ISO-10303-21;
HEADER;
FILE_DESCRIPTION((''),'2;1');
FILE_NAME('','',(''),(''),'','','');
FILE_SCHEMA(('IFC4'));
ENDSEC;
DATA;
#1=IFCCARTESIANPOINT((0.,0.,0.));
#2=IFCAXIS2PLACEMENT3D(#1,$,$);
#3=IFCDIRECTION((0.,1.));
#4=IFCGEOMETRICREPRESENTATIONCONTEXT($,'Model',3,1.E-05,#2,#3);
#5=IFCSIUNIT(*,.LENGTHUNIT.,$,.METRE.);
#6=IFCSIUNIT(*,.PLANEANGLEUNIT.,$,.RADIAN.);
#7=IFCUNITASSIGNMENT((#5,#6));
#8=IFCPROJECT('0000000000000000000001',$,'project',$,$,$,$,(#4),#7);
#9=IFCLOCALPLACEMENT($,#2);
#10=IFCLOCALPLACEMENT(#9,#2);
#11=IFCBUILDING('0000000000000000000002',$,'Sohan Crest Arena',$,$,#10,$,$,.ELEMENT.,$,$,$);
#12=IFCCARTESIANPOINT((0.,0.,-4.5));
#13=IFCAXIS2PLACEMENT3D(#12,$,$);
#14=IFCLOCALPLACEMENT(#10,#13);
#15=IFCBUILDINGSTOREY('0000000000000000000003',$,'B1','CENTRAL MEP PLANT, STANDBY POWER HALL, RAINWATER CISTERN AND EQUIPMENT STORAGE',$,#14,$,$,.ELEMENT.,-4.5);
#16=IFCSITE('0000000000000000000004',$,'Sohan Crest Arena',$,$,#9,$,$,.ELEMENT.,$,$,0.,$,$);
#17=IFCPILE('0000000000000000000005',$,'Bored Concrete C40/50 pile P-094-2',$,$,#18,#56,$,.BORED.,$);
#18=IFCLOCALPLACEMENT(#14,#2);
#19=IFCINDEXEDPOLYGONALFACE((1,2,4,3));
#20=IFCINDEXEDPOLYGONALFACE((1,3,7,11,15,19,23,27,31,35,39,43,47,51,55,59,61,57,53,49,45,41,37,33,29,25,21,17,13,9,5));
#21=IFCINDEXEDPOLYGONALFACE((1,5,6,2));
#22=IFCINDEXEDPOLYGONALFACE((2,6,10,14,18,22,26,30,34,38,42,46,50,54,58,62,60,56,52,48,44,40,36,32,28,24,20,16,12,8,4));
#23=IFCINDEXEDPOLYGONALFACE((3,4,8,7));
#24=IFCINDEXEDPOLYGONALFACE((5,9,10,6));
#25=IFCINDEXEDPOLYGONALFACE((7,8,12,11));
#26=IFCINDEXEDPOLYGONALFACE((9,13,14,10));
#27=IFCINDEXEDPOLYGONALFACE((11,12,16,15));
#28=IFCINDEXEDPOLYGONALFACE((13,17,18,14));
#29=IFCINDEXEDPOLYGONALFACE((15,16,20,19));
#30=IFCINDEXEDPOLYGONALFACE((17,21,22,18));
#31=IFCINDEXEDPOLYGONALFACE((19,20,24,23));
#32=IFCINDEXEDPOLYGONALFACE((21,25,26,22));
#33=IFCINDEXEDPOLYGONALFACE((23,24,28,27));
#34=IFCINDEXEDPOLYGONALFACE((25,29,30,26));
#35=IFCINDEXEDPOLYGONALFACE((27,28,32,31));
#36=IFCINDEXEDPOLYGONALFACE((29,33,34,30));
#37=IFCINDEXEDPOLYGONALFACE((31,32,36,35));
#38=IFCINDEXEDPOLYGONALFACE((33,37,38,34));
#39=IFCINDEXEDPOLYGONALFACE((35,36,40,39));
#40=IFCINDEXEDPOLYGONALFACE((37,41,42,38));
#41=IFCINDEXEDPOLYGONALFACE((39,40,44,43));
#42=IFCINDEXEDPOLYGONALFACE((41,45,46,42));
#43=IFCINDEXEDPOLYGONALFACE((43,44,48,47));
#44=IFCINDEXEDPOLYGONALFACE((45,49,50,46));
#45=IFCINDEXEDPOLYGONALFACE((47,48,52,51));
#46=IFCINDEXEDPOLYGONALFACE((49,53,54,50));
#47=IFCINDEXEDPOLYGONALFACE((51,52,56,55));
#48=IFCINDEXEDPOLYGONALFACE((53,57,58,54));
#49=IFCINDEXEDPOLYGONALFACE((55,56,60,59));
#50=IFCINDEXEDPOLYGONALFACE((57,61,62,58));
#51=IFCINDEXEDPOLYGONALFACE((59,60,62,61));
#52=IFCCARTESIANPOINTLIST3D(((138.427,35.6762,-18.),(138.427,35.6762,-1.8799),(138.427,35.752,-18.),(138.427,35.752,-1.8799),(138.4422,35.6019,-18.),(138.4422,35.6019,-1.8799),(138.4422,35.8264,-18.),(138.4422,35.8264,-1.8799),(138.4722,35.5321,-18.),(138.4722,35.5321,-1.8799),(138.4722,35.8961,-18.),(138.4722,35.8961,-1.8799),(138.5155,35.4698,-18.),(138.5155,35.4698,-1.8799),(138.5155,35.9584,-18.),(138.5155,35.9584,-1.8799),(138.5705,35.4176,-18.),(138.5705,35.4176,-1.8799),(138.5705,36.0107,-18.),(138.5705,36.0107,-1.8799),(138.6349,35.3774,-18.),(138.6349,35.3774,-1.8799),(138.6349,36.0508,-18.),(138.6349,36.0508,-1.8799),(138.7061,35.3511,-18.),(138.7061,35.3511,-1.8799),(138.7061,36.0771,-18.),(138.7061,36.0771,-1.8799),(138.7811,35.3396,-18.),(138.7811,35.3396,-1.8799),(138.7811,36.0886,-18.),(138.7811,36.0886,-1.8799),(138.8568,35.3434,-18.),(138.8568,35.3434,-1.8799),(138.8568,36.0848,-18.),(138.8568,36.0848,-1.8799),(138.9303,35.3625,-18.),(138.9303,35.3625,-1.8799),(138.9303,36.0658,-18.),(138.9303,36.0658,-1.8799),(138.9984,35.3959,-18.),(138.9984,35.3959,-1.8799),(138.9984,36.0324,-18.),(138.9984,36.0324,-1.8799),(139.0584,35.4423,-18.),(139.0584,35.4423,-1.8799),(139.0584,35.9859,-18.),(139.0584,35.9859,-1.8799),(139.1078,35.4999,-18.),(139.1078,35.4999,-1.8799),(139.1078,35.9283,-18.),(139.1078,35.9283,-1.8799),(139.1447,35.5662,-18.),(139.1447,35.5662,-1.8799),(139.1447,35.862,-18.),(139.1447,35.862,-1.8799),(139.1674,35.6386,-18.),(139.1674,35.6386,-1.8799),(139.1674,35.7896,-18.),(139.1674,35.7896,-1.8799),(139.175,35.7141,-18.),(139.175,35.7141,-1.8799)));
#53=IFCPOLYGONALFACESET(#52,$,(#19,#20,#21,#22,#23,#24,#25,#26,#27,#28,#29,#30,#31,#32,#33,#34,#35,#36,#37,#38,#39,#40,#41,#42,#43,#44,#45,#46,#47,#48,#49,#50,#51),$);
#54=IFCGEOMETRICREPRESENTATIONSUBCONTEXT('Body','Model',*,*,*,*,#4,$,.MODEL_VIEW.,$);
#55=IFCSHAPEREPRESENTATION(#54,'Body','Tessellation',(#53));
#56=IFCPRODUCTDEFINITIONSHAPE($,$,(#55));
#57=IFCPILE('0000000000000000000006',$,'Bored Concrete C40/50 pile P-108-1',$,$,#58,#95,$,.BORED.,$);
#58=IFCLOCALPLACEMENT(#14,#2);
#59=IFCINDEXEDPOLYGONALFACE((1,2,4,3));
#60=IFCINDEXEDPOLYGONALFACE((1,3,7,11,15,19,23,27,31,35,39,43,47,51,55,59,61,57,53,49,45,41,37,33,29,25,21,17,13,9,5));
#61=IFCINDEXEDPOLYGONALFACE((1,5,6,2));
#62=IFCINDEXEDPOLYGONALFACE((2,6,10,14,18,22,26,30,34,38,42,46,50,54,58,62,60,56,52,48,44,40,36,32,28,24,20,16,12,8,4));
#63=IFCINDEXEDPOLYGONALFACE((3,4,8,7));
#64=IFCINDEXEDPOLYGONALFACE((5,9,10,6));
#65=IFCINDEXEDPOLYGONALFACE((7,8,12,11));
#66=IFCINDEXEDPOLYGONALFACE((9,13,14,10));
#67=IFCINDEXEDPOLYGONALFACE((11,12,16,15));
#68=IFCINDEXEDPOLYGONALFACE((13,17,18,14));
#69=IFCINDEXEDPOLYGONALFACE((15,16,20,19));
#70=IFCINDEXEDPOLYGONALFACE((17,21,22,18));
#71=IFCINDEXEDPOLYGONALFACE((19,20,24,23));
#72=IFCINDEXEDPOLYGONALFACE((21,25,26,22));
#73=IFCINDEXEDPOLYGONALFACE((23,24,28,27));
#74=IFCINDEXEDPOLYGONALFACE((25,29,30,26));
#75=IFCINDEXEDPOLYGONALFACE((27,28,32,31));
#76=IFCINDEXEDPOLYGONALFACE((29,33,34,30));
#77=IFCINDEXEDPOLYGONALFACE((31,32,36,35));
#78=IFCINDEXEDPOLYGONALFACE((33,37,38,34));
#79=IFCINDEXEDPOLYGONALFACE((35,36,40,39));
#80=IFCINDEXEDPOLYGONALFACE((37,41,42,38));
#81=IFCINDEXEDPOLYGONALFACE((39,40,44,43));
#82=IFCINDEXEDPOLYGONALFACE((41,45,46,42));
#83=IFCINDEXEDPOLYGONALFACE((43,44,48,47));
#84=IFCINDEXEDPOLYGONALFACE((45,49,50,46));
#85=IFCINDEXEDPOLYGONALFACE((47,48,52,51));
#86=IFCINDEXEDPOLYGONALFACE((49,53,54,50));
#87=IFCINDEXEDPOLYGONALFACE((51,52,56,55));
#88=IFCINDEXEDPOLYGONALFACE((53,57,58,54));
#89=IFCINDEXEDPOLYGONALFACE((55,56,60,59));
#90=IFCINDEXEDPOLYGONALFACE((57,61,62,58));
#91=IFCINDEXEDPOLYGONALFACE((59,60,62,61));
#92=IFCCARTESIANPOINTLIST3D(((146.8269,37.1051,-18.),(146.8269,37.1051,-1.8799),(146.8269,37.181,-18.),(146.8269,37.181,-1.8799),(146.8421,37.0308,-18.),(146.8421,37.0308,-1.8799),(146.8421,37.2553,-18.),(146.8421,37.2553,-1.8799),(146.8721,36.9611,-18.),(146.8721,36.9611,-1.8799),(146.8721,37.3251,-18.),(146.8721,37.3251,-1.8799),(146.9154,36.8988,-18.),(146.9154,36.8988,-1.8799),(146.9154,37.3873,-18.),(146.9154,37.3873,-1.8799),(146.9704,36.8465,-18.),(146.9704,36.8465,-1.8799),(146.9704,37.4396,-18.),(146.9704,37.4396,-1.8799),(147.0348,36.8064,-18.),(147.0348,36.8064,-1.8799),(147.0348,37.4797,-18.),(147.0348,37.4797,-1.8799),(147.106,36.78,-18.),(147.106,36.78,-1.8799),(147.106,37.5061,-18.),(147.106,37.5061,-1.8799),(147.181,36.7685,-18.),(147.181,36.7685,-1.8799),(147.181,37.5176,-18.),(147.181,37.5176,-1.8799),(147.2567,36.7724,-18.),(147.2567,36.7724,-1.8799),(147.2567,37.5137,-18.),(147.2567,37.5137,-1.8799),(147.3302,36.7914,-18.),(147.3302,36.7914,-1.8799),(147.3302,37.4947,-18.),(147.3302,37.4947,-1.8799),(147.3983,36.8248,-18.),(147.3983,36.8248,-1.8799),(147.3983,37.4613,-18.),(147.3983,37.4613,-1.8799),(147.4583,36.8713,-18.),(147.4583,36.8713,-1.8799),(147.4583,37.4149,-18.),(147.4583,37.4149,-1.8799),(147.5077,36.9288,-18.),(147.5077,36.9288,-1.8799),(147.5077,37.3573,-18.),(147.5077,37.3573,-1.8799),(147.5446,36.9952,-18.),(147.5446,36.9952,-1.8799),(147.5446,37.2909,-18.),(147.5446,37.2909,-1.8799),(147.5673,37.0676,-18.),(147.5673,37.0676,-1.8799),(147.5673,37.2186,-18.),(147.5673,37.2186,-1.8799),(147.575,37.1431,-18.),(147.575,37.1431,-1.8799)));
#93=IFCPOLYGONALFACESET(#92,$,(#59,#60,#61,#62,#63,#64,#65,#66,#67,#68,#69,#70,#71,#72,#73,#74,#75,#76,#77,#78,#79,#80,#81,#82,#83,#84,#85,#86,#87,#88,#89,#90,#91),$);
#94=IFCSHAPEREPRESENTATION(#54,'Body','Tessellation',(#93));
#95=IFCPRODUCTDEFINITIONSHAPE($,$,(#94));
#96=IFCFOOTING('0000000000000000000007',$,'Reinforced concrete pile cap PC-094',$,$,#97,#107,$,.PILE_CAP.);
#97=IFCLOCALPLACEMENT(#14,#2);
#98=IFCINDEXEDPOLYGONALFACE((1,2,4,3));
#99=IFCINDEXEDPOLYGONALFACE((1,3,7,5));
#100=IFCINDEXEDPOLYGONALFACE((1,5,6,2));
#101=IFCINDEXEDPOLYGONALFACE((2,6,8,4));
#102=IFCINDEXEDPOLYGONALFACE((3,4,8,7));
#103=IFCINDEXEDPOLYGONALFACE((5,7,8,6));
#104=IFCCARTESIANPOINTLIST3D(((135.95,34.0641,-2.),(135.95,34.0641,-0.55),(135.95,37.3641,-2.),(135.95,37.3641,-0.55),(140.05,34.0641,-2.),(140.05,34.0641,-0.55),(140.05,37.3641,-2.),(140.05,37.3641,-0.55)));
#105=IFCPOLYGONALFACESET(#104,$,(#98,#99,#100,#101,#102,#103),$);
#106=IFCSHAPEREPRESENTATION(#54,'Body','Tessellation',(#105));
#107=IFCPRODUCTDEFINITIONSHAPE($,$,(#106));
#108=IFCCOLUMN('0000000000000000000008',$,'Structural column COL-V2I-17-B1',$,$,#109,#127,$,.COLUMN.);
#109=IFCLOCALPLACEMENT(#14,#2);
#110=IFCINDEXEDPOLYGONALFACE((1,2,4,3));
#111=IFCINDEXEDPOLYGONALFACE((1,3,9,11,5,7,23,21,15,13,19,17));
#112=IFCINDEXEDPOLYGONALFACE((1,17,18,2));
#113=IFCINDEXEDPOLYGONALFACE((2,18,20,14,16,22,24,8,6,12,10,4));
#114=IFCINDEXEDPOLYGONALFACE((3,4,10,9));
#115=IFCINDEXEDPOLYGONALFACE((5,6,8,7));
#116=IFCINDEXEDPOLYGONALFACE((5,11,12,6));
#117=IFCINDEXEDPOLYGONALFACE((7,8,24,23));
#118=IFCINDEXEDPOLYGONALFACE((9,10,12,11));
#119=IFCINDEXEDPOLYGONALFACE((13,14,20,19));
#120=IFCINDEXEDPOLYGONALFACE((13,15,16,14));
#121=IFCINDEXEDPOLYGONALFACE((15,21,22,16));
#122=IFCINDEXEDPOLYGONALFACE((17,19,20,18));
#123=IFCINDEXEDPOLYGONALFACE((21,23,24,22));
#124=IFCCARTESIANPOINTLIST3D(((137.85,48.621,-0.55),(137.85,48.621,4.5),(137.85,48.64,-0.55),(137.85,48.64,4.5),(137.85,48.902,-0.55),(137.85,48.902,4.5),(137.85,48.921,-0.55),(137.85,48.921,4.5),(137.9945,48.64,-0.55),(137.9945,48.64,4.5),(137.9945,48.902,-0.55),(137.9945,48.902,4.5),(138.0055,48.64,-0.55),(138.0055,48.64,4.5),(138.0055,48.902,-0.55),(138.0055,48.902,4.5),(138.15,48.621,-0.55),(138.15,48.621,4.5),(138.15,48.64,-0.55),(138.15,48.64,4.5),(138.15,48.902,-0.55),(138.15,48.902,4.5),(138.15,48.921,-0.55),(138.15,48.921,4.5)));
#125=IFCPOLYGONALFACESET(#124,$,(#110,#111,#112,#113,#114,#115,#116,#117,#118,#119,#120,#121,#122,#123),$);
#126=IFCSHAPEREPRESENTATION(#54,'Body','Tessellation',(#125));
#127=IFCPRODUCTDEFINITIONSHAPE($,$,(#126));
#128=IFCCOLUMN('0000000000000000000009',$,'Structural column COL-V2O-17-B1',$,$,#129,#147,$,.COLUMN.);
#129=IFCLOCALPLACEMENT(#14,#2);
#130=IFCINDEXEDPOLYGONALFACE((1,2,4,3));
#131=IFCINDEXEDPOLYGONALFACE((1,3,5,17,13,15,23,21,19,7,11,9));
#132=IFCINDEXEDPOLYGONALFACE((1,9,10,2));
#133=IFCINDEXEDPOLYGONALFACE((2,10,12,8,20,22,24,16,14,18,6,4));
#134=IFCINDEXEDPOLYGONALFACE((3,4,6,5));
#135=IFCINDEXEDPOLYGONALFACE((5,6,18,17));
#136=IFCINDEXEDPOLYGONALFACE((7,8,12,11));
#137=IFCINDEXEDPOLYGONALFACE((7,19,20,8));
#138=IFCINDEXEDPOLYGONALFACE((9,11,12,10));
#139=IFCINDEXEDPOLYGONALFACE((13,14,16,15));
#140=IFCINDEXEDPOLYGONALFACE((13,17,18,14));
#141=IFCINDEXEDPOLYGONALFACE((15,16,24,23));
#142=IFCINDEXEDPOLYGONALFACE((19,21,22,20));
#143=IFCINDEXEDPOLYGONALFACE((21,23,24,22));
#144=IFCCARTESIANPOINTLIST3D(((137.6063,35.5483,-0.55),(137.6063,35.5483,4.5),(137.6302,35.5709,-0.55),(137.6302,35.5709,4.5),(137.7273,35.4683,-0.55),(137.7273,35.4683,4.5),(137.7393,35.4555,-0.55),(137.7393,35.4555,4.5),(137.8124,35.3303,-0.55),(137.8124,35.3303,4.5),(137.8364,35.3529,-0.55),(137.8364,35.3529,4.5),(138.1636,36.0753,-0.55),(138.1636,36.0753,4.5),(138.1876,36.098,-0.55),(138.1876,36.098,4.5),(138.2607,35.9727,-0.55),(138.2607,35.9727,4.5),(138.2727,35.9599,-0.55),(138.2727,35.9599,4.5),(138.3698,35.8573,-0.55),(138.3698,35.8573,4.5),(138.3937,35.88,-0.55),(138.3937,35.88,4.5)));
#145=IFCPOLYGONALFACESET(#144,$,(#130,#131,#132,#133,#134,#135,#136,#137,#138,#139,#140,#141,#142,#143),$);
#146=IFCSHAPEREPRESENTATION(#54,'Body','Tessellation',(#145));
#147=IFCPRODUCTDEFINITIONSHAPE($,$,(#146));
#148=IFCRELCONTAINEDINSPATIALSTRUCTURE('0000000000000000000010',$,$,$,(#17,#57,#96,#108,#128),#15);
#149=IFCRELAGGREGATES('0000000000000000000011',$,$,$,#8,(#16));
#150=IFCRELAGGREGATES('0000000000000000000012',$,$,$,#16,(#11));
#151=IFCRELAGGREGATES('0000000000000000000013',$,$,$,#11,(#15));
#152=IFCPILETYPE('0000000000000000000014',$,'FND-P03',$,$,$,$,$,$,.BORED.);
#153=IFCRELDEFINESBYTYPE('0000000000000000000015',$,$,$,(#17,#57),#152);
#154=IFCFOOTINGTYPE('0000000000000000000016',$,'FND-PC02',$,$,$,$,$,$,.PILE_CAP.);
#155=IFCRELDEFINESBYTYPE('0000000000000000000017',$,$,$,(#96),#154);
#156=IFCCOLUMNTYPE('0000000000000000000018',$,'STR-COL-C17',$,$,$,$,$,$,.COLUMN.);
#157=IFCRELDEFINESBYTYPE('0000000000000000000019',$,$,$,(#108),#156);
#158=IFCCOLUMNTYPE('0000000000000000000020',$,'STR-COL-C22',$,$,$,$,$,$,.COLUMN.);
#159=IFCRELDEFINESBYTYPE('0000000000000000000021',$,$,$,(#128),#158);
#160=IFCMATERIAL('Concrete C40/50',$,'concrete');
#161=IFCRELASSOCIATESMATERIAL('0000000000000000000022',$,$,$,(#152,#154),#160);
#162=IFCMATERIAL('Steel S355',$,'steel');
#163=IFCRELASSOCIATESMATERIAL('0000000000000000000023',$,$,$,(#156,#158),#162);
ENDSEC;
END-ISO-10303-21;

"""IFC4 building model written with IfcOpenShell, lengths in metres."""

from ifc_helpers import new_model, si_unit, direction, frame, origin, origin_2d, place, context, subcontext, project, spatial, rectangle, circle, i_section, extrude, material, material_profile, profile_set, type_object, element, save


model = new_model("IFC4")

# Units and contexts
model_context = context("Model", 3, precision=1e-05, world=origin(), true_north=direction((0.0, 1.0)))
body_context = subcontext(model_context, "Body", "Model", "MODEL_VIEW")
ifc_project = project(units=[si_unit("LENGTHUNIT", "METRE"), si_unit("PLANEANGLEUNIT", "RADIAN")], contexts=[model_context])

# Site, building, storey
site_placement = place(None, origin())
site = spatial("IfcSite", under=ifc_project, at=site_placement, Name="Sohan Crest Arena", CompositionType="ELEMENT", RefElevation=0.0)
building_placement = place(site_placement, origin())
building = spatial("IfcBuilding", under=site, at=building_placement, Name="Sohan Crest Arena", CompositionType="ELEMENT")
storey_placement = place(building_placement, frame((0.0, 0.0, -4.5)))
storey = spatial("IfcBuildingStorey", under=building, at=storey_placement, Name="B1", Description="CENTRAL MEP PLANT, STANDBY POWER HALL, RAINWATER CISTERN AND EQUIPMENT STORAGE", CompositionType="ELEMENT", Elevation=-4.5)

# Shared definitions
ifc_material_1 = material(Name="Concrete C40/50", Category="concrete")

# Piles
ifc_material_profile_1 = material_profile(ifc_material_1, circle(Radius=0.375, at=origin_2d()), Name="PILE D750")
ifc_profile_set_1 = profile_set([ifc_material_profile_1], Name="Concrete C40/50")
pile_type_1 = type_object("IfcPileType", Name="FND-P03", PredefinedType="BORED", material=ifc_profile_set_1)
for number, where, z_axis, x_axis, name in (
    (1, (138.8, 35.7141, -18.0), (0.0, 0.0, 1.0), (1.0, 0.0, 0.0), "Bored Concrete C40/50 pile P-094-2"),
    (2, (147.2, 37.1431, -18.0), (0.0, 0.0, 1.0), (1.0, 0.0, 0.0), "Bored Concrete C40/50 pile P-108-1"),
):
    element("IfcPile", number, at=place(storey_placement, frame(where, z_axis=z_axis, x_axis=x_axis)), inside=storey, type_object=pile_type_1, Name=name, PredefinedType="BORED", context=body_context, shape_type="SweptSolid", body=[
        extrude(circle(Radius=0.375, at=origin_2d()), origin(), (0.0, 0.0, 1.0), 16.1201),
    ])

# Footing
footing_type_1 = type_object("IfcFootingType", Name="FND-PC02", PredefinedType="PILE_CAP", material=ifc_material_1)
footing_1_placement = place(storey_placement, frame((138.0, 35.7141, -2.0), z_axis=(0.0, 0.0, 1.0), x_axis=(1.0, 0.0, 0.0)))
element("IfcFooting", 3, at=footing_1_placement, inside=storey, type_object=footing_type_1, Name="Reinforced concrete pile cap PC-094", PredefinedType="PILE_CAP", context=body_context, shape_type="SweptSolid", body=[
    extrude(rectangle(XDim=4.1001, YDim=3.3, at=origin_2d()), origin(), (0.0, 0.0, 1.0), 1.45),
])

# Columns
ifc_material_2 = material(Name="Steel S355", Category="steel")
ifc_material_profile_2 = material_profile(ifc_material_2, i_section(OverallWidth=0.3, OverallDepth=0.3, WebThickness=0.011, FlangeThickness=0.019, at=origin_2d()), Name="HEB 300")
ifc_profile_set_2 = profile_set([ifc_material_profile_2], Name="Steel S355")
column_type_1 = type_object("IfcColumnType", Name="STR-COL-C17", PredefinedType="COLUMN", material=ifc_profile_set_2)
column_1_placement = place(storey_placement, frame((138.0, 48.771, -0.55), z_axis=(0.0, 0.0, 1.0), x_axis=(1.0, 0.0, 0.0)))
element("IfcColumn", 4, at=column_1_placement, inside=storey, type_object=column_type_1, Name="Structural column COL-V2I-17-B1", PredefinedType="COLUMN", context=body_context, shape_type="SweptSolid", body=[
    extrude(i_section(OverallWidth=0.3, OverallDepth=0.3, WebThickness=0.011, FlangeThickness=0.019, at=origin_2d()), origin(), (0.0, 0.0, 1.0), 5.05),
])
ifc_material_profile_3 = material_profile(ifc_material_2, i_section(OverallWidth=0.3, OverallDepth=0.8, WebThickness=0.0176, FlangeThickness=0.033, at=origin_2d()), Name="HEB 800")
ifc_profile_set_3 = profile_set([ifc_material_profile_3], Name="Steel S355")
column_type_2 = type_object("IfcColumnType", Name="STR-COL-C22", PredefinedType="COLUMN", material=ifc_profile_set_3)
column_2_placement = place(storey_placement, frame((138.0, 35.7141, -0.55), z_axis=(0.0, 0.0, 1.0), x_axis=(-0.687088, 0.726575, 0.0)))
element("IfcColumn", 5, at=column_2_placement, inside=storey, type_object=column_type_2, Name="Structural column COL-V2O-17-B1", PredefinedType="COLUMN", context=body_context, shape_type="SweptSolid", body=[
    extrude(i_section(OverallWidth=0.3, OverallDepth=0.8, WebThickness=0.0176, FlangeThickness=0.033, at=origin_2d()), origin(), (0.0, 0.0, 1.0), 5.05),
])

save(model, "model.ifc")
